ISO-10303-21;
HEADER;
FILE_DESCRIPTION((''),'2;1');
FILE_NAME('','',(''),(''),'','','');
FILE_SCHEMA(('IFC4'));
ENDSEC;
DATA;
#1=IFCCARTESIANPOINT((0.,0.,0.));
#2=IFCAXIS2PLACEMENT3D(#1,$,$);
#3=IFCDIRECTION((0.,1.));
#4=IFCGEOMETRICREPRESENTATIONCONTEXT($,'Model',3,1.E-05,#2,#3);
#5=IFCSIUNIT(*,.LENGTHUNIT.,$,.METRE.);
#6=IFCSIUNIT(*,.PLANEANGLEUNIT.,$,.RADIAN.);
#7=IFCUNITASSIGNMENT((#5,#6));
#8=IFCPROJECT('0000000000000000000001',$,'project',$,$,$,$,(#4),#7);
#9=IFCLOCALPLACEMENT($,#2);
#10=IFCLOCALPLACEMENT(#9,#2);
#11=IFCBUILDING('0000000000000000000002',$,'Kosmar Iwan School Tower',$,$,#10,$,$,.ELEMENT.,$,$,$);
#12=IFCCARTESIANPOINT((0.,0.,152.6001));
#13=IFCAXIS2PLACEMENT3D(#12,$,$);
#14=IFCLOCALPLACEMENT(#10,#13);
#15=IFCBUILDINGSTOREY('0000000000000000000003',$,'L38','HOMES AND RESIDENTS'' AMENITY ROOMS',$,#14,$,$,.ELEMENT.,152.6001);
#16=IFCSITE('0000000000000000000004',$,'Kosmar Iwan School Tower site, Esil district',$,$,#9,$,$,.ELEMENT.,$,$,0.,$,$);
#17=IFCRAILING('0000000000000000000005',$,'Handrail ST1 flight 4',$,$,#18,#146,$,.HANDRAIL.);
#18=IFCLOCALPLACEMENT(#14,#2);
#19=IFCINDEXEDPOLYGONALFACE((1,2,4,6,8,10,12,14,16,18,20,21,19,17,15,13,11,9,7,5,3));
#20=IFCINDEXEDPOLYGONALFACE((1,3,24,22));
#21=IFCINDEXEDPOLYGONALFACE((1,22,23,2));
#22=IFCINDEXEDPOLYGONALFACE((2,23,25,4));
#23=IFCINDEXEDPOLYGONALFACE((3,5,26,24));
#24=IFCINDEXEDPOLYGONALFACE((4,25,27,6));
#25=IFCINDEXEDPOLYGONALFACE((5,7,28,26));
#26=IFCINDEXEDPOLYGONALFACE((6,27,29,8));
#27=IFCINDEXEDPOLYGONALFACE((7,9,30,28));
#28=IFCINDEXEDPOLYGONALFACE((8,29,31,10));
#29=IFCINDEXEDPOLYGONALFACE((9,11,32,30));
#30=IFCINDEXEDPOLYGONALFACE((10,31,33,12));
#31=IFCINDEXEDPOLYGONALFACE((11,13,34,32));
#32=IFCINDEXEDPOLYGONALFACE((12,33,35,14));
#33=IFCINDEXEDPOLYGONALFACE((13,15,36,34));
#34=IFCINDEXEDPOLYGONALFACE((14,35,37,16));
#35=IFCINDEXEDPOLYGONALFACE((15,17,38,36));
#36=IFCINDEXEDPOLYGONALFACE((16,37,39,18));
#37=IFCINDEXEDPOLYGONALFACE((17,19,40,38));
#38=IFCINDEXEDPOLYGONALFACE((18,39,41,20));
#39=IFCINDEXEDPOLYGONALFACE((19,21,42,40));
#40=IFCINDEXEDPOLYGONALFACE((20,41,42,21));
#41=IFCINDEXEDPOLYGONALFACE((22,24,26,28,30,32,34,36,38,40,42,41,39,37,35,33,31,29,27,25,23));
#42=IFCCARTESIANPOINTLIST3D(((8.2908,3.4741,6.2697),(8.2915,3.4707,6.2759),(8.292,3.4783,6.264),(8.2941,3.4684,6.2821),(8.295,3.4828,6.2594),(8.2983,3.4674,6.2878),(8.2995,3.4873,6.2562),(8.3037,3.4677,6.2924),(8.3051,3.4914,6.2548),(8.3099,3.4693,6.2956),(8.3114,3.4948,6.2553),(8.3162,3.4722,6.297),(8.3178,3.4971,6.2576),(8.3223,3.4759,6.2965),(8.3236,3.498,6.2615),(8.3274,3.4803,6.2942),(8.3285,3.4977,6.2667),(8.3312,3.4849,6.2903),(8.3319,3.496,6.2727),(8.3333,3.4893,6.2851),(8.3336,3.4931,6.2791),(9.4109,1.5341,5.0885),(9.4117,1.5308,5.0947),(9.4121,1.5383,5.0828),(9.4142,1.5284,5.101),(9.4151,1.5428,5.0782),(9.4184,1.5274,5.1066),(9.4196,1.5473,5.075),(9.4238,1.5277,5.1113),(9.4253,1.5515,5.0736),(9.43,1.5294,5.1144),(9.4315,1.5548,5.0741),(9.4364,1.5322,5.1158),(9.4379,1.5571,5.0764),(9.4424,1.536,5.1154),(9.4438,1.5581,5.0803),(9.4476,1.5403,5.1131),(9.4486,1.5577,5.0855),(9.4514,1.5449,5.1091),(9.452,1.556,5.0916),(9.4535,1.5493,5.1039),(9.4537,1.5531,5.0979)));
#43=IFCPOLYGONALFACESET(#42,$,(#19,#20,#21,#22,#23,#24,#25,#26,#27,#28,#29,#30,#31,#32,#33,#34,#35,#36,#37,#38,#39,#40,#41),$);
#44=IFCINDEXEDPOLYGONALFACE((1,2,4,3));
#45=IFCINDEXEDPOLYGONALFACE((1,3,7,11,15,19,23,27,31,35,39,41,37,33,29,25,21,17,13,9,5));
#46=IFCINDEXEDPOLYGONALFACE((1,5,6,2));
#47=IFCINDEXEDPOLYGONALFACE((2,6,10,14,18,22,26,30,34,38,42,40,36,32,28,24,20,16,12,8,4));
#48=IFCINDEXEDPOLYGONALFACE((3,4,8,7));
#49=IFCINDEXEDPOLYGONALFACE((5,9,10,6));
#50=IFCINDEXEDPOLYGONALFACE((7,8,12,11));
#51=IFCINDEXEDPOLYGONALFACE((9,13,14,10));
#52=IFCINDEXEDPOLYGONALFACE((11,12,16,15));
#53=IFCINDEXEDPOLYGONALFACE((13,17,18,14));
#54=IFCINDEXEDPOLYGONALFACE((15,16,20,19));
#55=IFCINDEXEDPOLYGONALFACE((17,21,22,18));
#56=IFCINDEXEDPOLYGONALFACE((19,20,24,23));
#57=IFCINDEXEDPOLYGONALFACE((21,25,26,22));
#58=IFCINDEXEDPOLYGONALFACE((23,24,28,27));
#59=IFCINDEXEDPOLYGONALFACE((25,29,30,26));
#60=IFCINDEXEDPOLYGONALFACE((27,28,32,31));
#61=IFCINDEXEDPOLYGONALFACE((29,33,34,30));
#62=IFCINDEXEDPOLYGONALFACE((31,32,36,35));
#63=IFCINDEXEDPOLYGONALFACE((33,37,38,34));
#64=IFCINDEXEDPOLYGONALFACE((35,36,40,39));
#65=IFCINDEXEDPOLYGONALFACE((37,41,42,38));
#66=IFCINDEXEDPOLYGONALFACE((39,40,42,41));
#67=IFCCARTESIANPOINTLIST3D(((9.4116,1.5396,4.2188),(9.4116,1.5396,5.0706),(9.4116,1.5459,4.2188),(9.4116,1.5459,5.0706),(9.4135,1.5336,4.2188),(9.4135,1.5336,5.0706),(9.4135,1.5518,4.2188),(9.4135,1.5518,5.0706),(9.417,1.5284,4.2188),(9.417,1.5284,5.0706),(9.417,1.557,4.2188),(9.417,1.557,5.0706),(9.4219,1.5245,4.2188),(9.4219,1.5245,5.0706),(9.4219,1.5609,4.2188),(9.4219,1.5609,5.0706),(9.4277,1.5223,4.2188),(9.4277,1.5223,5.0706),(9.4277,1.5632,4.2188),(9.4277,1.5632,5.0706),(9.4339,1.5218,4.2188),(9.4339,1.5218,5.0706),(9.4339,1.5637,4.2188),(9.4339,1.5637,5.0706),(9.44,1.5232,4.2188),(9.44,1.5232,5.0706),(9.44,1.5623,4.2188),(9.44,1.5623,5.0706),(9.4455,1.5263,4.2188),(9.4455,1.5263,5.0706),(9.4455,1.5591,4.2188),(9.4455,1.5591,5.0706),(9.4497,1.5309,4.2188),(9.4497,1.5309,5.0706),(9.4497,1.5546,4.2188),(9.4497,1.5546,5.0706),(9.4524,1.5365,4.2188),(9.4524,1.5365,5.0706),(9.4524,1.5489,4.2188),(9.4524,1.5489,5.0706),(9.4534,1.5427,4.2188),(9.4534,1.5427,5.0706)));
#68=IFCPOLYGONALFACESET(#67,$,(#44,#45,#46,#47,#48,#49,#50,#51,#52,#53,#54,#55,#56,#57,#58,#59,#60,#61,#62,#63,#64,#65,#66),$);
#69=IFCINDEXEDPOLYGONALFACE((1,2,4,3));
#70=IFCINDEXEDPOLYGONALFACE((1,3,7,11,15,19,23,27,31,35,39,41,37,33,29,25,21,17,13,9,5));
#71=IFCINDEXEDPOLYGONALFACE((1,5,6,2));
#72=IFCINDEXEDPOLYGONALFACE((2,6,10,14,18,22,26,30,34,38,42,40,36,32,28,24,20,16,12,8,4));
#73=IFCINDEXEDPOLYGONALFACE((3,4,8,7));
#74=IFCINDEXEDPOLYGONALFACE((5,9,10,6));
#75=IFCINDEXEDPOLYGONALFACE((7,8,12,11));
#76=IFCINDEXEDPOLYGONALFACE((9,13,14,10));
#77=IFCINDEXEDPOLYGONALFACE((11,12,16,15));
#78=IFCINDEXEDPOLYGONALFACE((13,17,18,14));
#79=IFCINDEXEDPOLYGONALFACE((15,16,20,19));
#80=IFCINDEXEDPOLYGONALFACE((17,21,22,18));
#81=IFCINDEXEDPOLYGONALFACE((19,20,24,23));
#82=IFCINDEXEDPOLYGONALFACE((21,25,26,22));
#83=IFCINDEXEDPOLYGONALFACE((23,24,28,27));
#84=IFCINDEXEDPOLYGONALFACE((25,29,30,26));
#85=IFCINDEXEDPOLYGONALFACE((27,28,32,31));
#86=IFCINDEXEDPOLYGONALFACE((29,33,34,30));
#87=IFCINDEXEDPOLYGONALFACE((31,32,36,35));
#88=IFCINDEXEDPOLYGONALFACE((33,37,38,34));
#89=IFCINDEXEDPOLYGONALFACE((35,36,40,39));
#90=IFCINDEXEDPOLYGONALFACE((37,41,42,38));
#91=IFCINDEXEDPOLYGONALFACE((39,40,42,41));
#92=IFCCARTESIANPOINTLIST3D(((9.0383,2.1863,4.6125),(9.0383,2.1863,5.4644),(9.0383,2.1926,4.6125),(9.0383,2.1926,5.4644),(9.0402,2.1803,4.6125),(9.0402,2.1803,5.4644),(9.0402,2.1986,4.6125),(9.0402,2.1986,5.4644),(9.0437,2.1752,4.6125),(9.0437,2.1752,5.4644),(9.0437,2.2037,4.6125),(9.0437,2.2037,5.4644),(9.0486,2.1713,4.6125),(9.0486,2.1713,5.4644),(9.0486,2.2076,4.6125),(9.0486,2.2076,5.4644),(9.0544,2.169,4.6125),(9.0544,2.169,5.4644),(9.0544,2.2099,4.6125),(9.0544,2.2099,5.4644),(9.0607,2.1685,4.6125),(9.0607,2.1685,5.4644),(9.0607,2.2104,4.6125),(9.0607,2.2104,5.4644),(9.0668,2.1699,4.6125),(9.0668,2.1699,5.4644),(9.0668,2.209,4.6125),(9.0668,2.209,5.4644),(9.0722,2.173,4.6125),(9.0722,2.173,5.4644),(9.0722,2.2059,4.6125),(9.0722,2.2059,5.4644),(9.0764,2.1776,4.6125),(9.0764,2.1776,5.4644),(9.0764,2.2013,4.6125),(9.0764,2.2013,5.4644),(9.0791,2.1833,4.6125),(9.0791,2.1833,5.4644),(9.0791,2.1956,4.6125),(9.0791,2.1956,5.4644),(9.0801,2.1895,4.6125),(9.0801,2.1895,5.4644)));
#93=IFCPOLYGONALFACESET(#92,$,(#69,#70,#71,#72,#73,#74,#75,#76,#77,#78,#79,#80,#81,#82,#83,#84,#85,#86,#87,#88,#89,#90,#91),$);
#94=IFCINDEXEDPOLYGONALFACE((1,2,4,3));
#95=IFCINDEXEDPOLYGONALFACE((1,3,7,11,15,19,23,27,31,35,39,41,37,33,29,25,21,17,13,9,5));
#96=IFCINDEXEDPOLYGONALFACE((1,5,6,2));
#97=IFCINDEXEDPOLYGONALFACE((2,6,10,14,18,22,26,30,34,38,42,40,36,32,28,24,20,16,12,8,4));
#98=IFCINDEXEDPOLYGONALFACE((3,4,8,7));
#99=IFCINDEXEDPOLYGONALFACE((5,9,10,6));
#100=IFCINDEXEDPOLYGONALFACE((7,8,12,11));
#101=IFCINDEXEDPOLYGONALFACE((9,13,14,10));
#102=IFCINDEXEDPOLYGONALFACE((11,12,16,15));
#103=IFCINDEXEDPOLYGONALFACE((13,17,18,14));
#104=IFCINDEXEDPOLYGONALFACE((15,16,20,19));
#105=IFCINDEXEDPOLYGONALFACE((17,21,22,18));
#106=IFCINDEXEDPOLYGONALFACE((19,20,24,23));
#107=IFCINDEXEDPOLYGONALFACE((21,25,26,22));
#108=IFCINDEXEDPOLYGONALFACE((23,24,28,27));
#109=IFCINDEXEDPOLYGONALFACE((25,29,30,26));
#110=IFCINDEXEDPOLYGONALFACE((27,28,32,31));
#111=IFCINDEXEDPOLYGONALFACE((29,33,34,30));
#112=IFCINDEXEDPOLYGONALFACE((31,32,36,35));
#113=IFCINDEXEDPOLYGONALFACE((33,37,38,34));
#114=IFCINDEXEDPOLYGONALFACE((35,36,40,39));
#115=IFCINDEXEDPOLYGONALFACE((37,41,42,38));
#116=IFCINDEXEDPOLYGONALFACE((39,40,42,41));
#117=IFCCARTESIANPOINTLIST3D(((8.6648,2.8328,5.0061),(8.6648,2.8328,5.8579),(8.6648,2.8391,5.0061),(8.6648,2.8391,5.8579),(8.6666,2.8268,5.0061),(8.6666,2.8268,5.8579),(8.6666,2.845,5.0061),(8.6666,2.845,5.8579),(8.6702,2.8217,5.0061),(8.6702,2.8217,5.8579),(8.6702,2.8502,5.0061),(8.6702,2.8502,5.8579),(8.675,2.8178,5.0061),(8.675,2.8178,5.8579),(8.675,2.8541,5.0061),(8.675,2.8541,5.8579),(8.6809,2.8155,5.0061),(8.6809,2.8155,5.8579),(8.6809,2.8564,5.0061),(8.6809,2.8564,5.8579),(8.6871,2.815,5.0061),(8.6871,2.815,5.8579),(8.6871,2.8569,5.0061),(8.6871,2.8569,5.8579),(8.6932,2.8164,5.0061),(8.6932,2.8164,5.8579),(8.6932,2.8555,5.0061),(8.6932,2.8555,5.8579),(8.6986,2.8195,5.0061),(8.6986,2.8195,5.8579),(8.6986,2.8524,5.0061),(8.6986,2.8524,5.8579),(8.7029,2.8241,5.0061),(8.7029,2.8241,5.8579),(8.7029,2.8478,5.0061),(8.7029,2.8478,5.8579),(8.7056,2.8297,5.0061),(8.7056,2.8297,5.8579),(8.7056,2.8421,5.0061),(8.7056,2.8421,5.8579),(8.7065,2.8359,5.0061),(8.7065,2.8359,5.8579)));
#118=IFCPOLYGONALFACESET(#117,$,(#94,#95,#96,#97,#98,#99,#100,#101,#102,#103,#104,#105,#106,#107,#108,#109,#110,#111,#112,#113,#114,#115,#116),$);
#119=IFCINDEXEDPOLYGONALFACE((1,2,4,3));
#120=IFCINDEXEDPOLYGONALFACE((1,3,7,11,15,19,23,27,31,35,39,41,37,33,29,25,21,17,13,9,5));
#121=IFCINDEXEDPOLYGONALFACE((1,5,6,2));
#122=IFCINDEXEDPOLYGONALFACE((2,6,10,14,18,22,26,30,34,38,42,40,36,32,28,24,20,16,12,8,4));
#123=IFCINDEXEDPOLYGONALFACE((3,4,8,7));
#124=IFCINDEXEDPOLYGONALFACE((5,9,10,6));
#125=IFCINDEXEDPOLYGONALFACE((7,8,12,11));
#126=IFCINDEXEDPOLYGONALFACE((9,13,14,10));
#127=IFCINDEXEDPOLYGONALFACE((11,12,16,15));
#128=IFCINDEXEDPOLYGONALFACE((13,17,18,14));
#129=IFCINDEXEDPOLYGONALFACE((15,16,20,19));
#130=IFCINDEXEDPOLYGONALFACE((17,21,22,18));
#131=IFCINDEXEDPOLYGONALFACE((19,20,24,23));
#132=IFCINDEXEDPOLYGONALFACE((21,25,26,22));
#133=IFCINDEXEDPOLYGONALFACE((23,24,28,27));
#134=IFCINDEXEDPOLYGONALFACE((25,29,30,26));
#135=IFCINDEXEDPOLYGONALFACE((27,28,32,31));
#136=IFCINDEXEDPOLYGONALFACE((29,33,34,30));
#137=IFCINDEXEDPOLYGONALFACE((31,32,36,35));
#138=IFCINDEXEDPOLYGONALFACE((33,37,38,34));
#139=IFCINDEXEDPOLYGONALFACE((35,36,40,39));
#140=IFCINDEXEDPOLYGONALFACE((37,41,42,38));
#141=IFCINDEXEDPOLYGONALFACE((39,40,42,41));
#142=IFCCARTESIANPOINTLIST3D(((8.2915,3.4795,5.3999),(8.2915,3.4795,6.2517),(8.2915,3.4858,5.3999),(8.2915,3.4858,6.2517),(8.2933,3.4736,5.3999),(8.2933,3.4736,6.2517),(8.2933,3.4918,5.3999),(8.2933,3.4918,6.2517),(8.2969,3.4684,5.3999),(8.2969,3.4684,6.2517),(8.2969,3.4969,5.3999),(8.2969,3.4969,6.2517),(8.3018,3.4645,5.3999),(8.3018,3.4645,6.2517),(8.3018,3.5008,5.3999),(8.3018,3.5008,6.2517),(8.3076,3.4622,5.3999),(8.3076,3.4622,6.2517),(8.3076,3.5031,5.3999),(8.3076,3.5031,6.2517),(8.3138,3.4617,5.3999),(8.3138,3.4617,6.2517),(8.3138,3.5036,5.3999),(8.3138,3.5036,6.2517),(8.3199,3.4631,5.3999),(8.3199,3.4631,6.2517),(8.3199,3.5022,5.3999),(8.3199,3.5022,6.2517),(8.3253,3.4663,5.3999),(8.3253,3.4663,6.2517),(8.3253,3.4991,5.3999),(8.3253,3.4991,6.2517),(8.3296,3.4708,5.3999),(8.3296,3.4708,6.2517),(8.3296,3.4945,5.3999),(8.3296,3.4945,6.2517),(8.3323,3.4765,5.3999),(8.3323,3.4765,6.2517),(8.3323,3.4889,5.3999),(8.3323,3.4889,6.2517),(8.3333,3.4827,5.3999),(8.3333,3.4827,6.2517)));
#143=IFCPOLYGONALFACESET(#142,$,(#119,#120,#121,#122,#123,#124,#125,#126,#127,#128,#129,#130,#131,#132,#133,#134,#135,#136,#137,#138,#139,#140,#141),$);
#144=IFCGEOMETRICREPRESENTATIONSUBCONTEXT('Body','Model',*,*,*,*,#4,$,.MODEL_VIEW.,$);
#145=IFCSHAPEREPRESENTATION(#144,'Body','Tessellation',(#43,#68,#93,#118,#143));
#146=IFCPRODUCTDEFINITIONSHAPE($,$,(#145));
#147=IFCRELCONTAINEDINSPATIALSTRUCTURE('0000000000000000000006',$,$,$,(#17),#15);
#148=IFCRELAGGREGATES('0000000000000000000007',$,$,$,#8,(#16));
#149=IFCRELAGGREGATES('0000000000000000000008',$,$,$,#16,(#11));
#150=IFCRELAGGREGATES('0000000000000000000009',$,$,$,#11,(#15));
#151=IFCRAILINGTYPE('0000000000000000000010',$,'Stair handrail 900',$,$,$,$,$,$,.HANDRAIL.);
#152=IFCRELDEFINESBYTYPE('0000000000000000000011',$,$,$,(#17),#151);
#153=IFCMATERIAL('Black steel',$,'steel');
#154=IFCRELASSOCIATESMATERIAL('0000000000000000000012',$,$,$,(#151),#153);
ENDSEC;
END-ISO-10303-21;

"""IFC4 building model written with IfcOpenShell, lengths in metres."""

from ifc_helpers import new_model, si_unit, direction, frame, origin, origin_2d, place, context, subcontext, project, spatial, circle, extrude, material, type_object, element, save


model = new_model("IFC4")

# Units and contexts
model_context = context("Model", 3, precision=1e-05, world=origin(), true_north=direction((0.0, 1.0)))
body_context = subcontext(model_context, "Body", "Model", "MODEL_VIEW")
ifc_project = project(units=[si_unit("LENGTHUNIT", "METRE"), si_unit("PLANEANGLEUNIT", "RADIAN")], contexts=[model_context])

# Site, building, storey
site_placement = place(None, origin())
site = spatial("IfcSite", under=ifc_project, at=site_placement, Name="Kosmar Iwan School Tower site, Esil district", CompositionType="ELEMENT", RefElevation=0.0)
building_placement = place(site_placement, origin())
building = spatial("IfcBuilding", under=site, at=building_placement, Name="Kosmar Iwan School Tower", CompositionType="ELEMENT")
storey_placement = place(building_placement, frame((0.0, 0.0, 152.6001)))
storey = spatial("IfcBuildingStorey", under=building, at=storey_placement, Name="L38", Description="HOMES AND RESIDENTS' AMENITY ROOMS", CompositionType="ELEMENT", Elevation=152.6001)

# Railing
ifc_material_1 = material(Name="Black steel", Category="steel")
railing_type = type_object("IfcRailingType", Name="Stair handrail 900", PredefinedType="HANDRAIL", material=ifc_material_1)
railing_1_placement = place(storey_placement, frame((9.4324, 1.5427, 4.2188)))
element("IfcRailing", 1, at=railing_1_placement, inside=storey, type_object=railing_type, Name="Handrail ST1 flight 4", PredefinedType="HANDRAIL", context=body_context, shape_type="SweptSolid", body=[
    extrude(circle(Radius=0.0239, at=origin_2d()), frame((0.0, 0.0, 0.876), z_axis=(-0.442311, 0.766042, 0.466412), x_axis=(-0.866008, -0.500031, 0.0)), (0.0, 0.0, 1.0), 2.5325),
    extrude(circle(Radius=0.021, at=origin_2d()), origin(), (0.0, 0.0, 1.0), 0.8518),
    extrude(circle(Radius=0.021, at=origin_2d()), frame((-0.3733, 0.6467, 0.3938)), (0.0, 0.0, 1.0), 0.8518),
    extrude(circle(Radius=0.021, at=origin_2d()), frame((-0.7468, 1.2932, 0.7874)), (0.0, 0.0, 1.0), 0.8518),
    extrude(circle(Radius=0.021, at=origin_2d()), frame((-1.1201, 1.9399, 1.1812)), (0.0, 0.0, 1.0), 0.8518),
])

save(model, "model.ifc")
